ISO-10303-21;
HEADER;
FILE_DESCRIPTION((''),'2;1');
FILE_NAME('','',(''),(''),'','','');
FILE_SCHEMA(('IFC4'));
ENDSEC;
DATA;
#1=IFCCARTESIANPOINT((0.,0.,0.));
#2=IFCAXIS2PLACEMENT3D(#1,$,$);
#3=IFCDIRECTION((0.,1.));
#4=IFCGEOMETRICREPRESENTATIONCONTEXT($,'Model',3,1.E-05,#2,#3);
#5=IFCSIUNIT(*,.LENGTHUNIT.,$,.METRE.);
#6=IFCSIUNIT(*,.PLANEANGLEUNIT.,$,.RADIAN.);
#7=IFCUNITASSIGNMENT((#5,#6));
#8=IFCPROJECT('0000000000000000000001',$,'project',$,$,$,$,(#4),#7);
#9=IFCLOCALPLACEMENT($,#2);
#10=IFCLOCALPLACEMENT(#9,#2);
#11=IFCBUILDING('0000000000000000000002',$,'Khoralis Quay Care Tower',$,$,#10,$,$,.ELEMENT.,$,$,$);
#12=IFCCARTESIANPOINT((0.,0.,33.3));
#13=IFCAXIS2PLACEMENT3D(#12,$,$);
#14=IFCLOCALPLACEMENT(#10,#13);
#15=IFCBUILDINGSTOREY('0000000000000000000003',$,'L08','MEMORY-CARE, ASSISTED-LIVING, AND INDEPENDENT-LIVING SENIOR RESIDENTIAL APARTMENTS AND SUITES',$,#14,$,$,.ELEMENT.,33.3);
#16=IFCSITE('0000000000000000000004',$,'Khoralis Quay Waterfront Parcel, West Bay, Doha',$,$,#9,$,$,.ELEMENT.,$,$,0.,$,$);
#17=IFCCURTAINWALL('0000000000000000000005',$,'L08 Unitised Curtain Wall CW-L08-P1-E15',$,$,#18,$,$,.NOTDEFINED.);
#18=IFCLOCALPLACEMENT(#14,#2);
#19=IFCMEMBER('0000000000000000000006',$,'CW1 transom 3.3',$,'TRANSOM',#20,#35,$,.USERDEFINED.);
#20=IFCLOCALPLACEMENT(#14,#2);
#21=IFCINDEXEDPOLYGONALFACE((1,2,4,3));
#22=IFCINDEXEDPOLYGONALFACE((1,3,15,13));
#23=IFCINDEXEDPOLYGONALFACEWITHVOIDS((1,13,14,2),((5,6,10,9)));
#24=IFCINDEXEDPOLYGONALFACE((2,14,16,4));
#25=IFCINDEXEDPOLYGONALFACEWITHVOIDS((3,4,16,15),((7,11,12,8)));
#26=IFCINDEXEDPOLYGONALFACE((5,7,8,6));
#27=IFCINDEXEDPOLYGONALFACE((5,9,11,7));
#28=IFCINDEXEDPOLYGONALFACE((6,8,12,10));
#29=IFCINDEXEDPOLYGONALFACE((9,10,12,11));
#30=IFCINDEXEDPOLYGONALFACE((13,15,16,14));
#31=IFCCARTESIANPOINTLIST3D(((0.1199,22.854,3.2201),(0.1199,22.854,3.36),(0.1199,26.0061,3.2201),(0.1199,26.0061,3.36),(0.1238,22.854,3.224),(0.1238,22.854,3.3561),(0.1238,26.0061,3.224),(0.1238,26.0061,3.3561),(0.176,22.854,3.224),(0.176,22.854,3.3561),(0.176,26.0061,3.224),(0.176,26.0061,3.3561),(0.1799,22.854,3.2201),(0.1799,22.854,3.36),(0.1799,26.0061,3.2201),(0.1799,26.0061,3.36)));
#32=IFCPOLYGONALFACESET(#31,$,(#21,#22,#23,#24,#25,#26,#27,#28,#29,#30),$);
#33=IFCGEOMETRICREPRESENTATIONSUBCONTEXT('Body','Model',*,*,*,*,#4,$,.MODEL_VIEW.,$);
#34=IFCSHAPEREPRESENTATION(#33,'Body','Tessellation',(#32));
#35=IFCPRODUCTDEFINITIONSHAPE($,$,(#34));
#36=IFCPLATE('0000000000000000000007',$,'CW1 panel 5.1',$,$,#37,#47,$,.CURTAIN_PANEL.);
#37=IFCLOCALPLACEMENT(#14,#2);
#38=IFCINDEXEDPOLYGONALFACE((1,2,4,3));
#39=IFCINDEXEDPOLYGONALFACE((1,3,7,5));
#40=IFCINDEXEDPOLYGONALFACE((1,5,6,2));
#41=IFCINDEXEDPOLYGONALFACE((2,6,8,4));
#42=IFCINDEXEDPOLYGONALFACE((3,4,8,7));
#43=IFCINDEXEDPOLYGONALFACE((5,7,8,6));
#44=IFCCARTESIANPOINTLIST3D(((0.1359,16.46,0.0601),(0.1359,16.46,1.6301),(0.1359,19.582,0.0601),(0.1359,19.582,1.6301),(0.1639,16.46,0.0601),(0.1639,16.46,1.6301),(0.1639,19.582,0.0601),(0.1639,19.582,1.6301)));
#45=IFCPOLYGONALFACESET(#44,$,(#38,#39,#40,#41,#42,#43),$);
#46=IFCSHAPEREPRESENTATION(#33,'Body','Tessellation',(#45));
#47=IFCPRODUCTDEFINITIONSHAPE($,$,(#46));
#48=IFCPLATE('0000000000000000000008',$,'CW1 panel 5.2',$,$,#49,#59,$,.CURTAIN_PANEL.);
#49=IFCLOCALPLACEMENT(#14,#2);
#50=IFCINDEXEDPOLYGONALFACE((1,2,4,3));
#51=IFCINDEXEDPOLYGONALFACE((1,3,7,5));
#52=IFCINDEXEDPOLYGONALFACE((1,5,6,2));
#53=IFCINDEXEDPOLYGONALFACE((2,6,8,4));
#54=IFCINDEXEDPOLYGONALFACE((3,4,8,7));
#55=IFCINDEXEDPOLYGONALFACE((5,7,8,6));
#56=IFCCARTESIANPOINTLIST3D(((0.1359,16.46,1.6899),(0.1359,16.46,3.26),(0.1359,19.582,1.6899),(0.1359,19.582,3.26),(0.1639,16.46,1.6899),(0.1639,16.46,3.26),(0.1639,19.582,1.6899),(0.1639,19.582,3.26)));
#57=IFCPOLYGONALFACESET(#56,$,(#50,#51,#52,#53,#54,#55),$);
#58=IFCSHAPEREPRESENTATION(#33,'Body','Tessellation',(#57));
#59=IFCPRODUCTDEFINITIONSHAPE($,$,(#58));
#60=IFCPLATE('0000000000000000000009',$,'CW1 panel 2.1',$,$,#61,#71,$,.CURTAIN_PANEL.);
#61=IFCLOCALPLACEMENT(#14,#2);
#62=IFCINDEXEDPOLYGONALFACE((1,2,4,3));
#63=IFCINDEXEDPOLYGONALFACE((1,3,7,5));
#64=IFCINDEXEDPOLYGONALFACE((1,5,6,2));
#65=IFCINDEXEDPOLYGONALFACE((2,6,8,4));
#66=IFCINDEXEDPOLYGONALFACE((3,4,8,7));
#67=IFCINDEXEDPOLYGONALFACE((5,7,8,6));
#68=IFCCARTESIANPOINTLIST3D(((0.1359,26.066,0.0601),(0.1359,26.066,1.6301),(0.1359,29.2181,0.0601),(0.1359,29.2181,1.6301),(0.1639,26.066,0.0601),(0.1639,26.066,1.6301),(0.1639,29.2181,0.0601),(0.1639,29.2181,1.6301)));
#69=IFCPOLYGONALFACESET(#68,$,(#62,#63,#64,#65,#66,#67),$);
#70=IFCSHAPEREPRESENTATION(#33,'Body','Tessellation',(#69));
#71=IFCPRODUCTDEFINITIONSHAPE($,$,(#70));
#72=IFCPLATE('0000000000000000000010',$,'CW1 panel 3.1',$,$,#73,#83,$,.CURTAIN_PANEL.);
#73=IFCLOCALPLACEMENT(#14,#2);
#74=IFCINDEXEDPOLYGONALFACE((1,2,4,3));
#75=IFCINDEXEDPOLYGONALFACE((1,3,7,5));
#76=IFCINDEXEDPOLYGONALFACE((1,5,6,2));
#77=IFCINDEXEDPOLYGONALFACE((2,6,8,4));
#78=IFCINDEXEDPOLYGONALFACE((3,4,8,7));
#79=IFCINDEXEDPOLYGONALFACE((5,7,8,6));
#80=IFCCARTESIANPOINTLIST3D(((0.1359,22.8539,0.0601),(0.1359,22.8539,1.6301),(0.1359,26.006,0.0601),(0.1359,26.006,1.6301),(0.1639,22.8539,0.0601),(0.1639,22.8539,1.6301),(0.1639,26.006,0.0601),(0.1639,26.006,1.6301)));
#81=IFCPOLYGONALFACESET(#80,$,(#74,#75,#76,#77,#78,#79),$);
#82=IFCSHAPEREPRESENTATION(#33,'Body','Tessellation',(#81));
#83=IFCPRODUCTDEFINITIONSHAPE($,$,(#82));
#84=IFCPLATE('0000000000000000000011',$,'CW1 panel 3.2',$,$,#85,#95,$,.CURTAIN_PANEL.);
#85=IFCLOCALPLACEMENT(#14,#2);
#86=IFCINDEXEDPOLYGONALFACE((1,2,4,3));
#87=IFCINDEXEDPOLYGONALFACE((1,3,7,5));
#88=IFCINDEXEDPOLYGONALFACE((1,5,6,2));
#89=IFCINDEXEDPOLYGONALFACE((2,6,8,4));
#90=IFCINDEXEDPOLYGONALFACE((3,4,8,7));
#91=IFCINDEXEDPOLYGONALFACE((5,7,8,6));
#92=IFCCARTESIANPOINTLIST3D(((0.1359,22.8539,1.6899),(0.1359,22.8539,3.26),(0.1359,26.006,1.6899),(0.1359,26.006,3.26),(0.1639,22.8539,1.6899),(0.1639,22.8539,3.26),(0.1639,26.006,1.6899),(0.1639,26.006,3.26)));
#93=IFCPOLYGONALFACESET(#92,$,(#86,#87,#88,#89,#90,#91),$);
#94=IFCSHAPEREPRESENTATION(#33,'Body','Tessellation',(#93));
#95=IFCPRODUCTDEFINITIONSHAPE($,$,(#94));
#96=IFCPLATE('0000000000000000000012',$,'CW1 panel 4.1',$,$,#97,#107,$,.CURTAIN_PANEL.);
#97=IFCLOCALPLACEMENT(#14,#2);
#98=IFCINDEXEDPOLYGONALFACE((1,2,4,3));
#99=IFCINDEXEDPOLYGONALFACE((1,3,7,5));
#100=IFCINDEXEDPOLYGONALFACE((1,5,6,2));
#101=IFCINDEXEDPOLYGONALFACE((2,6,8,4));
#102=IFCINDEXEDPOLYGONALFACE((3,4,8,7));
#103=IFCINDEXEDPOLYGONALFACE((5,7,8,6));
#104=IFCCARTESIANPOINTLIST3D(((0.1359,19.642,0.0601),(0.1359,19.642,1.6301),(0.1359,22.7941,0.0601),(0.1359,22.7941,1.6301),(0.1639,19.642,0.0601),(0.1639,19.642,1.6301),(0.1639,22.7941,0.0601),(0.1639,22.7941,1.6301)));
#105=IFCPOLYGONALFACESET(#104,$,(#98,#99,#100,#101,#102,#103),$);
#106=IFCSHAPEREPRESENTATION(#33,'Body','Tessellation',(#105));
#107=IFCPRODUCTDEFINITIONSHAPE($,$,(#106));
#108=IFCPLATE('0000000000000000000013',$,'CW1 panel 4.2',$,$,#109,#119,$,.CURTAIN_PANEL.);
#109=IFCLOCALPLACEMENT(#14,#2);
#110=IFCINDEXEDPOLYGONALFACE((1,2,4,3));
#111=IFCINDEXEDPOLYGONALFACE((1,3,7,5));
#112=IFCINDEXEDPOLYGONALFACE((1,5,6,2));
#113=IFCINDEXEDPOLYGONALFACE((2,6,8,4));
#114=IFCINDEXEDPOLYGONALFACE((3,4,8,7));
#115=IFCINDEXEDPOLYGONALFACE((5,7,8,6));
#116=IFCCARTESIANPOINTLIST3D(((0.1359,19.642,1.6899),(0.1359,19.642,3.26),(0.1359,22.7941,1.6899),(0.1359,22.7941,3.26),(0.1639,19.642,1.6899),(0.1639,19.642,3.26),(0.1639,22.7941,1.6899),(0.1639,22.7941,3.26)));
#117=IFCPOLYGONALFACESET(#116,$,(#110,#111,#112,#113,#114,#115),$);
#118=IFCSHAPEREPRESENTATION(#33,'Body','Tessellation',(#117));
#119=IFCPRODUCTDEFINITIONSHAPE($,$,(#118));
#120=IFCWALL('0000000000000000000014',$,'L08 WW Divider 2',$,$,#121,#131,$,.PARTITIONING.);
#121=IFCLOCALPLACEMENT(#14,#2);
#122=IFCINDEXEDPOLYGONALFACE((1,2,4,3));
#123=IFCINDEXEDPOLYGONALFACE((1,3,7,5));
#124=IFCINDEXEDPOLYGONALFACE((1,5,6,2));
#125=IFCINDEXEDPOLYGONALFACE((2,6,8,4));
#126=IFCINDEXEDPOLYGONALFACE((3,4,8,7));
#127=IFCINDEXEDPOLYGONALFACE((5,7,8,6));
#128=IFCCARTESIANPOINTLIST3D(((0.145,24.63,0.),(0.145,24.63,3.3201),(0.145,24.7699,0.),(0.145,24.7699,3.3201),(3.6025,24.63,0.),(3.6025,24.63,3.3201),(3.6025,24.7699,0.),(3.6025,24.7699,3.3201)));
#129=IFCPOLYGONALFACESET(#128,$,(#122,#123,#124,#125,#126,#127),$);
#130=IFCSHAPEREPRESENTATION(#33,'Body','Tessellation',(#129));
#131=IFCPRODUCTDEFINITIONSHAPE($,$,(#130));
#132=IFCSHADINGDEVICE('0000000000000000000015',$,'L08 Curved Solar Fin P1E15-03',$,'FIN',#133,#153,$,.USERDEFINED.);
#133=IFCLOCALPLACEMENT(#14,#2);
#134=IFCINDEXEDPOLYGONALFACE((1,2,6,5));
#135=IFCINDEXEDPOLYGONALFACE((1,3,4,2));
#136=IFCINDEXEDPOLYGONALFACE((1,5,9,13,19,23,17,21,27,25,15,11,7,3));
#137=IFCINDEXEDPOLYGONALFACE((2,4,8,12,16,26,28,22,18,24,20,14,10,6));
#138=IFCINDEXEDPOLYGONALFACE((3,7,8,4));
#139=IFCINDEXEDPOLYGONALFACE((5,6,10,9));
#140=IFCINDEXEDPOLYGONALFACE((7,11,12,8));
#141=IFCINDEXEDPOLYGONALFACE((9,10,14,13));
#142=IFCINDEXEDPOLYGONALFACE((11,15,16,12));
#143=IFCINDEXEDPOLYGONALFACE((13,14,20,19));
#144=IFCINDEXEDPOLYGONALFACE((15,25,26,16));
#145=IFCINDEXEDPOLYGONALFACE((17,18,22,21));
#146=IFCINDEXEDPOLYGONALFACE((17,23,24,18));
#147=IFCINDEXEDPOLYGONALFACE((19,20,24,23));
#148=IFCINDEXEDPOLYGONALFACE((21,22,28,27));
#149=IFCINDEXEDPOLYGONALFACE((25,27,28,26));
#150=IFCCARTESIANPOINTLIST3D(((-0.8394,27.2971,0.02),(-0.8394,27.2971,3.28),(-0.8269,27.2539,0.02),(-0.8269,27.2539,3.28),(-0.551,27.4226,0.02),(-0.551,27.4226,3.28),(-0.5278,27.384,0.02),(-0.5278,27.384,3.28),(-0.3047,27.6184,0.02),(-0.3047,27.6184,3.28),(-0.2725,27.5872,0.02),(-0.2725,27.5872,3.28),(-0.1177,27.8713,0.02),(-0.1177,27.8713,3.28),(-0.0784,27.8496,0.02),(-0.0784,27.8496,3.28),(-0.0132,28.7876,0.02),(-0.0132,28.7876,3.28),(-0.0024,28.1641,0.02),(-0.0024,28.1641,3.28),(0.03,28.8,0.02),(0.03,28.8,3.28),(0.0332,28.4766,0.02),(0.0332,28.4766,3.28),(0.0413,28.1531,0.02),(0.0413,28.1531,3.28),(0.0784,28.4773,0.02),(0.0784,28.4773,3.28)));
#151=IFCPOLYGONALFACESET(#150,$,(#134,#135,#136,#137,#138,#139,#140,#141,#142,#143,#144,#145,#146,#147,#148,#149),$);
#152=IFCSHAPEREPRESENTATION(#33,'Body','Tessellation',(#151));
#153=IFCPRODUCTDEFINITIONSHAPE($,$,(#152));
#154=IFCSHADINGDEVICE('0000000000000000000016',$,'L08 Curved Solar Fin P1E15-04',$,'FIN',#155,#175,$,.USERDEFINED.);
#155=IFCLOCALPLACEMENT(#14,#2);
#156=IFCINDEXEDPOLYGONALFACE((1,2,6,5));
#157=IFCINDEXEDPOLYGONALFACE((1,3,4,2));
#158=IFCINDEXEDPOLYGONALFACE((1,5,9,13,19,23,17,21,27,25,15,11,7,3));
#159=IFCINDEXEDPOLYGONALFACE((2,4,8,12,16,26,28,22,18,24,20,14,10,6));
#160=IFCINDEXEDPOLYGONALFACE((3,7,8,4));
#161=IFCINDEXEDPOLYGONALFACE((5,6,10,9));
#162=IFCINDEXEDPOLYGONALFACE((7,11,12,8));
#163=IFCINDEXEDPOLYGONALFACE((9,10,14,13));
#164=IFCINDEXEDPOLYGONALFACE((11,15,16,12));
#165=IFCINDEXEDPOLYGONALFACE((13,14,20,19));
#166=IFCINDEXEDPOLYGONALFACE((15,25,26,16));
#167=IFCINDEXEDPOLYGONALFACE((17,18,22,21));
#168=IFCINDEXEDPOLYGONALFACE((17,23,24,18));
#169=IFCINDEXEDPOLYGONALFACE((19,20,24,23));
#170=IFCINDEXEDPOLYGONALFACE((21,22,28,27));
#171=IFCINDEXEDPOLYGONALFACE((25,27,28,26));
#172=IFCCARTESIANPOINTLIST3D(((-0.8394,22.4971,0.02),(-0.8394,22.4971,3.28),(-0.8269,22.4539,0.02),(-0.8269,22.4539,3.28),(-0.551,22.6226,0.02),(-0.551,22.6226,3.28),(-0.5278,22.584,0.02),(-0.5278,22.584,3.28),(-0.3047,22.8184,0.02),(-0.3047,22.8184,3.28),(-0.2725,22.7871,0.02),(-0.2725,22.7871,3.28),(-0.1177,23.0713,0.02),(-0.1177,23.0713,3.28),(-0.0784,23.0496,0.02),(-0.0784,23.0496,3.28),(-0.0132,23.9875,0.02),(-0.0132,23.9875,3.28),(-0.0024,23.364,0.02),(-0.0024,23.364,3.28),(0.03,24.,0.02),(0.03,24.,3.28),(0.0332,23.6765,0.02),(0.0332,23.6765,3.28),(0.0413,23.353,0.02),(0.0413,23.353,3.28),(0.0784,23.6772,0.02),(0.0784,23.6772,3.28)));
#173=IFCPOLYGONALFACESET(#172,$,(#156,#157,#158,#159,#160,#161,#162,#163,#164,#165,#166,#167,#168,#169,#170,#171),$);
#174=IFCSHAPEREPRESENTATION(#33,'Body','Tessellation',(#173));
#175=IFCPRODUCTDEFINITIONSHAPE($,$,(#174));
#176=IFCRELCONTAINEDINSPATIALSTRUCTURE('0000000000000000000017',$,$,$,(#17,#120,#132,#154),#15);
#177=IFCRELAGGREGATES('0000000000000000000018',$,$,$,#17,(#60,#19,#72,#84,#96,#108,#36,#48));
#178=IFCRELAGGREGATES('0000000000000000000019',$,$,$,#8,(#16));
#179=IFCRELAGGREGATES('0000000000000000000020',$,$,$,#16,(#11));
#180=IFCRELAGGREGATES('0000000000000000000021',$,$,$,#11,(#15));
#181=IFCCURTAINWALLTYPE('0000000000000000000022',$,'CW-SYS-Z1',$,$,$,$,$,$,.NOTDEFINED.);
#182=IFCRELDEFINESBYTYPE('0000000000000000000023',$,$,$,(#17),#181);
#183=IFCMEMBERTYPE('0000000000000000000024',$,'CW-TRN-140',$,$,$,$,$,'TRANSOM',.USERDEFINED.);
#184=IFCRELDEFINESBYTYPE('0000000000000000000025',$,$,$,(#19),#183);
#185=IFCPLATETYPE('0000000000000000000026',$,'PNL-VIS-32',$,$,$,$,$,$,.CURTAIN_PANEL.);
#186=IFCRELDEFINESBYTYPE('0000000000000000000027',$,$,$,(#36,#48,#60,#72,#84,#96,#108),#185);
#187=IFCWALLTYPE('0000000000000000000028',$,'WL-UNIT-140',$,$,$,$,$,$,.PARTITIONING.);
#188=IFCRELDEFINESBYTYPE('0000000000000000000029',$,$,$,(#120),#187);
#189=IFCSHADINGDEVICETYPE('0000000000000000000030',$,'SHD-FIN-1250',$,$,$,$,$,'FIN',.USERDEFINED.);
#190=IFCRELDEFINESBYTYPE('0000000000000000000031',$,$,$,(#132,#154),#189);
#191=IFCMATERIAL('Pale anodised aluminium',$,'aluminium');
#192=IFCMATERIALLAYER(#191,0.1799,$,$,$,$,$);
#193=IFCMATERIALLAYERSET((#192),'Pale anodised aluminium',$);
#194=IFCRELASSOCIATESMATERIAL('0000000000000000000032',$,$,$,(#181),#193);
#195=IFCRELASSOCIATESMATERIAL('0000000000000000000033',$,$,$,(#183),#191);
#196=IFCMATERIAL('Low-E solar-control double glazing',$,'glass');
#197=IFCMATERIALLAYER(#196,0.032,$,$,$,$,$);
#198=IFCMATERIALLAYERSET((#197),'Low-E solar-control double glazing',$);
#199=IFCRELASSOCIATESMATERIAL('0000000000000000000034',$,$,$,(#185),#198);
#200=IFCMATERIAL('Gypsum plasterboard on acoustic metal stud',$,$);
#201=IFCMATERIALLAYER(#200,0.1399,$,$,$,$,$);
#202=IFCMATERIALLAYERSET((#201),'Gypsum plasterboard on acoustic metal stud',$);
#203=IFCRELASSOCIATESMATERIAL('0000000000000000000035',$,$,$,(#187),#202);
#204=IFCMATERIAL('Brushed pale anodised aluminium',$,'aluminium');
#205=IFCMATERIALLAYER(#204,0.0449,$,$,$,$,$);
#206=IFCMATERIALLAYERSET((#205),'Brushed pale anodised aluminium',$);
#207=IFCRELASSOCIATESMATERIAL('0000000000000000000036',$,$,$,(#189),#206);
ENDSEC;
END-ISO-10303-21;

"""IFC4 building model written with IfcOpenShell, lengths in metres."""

from ifc_helpers import new_model, si_unit, direction, frame, frame_2d, origin, origin_2d, place, context, subcontext, project, spatial, polyline, rectangle, hollow_rectangle, outline, extrude, source, transform, mapped, material, layer, layer_set, material_profile, profile_set, type_object, element, aggregate, save


model = new_model("IFC4")

# Units and contexts
model_context = context("Model", 3, precision=1e-05, world=origin(), true_north=direction((0.0, 1.0)))
body_context = subcontext(model_context, "Body", "Model", "MODEL_VIEW")
ifc_project = project(units=[si_unit("LENGTHUNIT", "METRE"), si_unit("PLANEANGLEUNIT", "RADIAN")], contexts=[model_context])

# Site, building, storey
site_placement = place(None, origin())
site = spatial("IfcSite", under=ifc_project, at=site_placement, Name="Khoralis Quay Waterfront Parcel, West Bay, Doha", CompositionType="ELEMENT", RefElevation=0.0)
building_placement = place(site_placement, origin())
building = spatial("IfcBuilding", under=site, at=building_placement, Name="Khoralis Quay Care Tower", CompositionType="ELEMENT")
storey_placement = place(building_placement, frame((0.0, 0.0, 33.3)))
storey = spatial("IfcBuildingStorey", under=building, at=storey_placement, Name="L08", Description="MEMORY-CARE, ASSISTED-LIVING, AND INDEPENDENT-LIVING SENIOR RESIDENTIAL APARTMENTS AND SUITES", CompositionType="ELEMENT", Elevation=33.3)

# Curtain wall, member, plates
ifc_material_1 = material(Name="Pale anodised aluminium", Category="aluminium")
ifc_layer_1 = layer(ifc_material_1, 0.1799)
ifc_layer_set_1 = layer_set([ifc_layer_1], Name="Pale anodised aluminium")
curtain_wall_type = type_object("IfcCurtainWallType", Name="CW-SYS-Z1", PredefinedType="NOTDEFINED", material=ifc_layer_set_1)
curtain_wall_placement = place(storey_placement, origin())
curtain_wall = element("IfcCurtainWall", 1, at=curtain_wall_placement, inside=storey, type_object=curtain_wall_type, Name="L08 Unitised Curtain Wall CW-L08-P1-E15", PredefinedType="NOTDEFINED")
ifc_material_profile_1 = material_profile(ifc_material_1, hollow_rectangle(XDim=0.0601, YDim=0.1399, WallThickness=0.0039, at=origin_2d()), Name="Pale anodised aluminium")
ifc_profile_set_1 = profile_set([ifc_material_profile_1], Name="Pale anodised aluminium")
member_type_1 = type_object("IfcMemberType", Name="CW-TRN-140", ElementType="TRANSOM", PredefinedType="USERDEFINED", material=ifc_profile_set_1)
shared_shape_1 = source(origin(), body_context, "Body", "SweptSolid", [
    extrude(hollow_rectangle(XDim=0.0601, YDim=0.1399, WallThickness=0.0039, at=origin_2d()), origin(), (0.0, 0.0, 1.0), 3.1521),
])
member_1_placement = place(storey_placement, frame((0.1499, 26.0061, 3.29), z_axis=(0.0, -1.0, 0.0), x_axis=(1.0, 0.0, 0.0)))
member_1 = element("IfcMember", 2, at=member_1_placement, type_object=member_type_1, Name="CW1 transom 3.3", ObjectType="TRANSOM", PredefinedType="USERDEFINED", context=body_context, shape_type="MappedRepresentation", body=[
    mapped(shared_shape_1, transform((0.0, 0.0, 0.0), scale=1.0)),
])
ifc_material_2 = material(Name="Low-E solar-control double glazing", Category="glass")
ifc_layer_2 = layer(ifc_material_2, 0.032)
ifc_layer_set_2 = layer_set([ifc_layer_2], Name="Low-E solar-control double glazing")
plate_type = type_object("IfcPlateType", Name="PNL-VIS-32", PredefinedType="CURTAIN_PANEL", material=ifc_layer_set_2)
shared_shape_2 = source(origin(), body_context, "Body", "SweptSolid", [
    extrude(rectangle(XDim=3.1221, YDim=0.0281, at=origin_2d()), origin(), (0.0, 0.0, 1.0), 1.5701),
])
plate_1_placement = place(storey_placement, frame((0.1499, 18.021, 0.0601), z_axis=(0.0, 0.0, 1.0), x_axis=(0.0, -1.0, 0.0)))
plate_1 = element("IfcPlate", 3, at=plate_1_placement, type_object=plate_type, Name="CW1 panel 5.1", PredefinedType="CURTAIN_PANEL", context=body_context, shape_type="MappedRepresentation", body=[
    mapped(shared_shape_2, transform((0.0, 0.0, 0.0), scale=1.0)),
])
plate_2_placement = place(storey_placement, frame((0.1499, 18.021, 1.6899), z_axis=(0.0, 0.0, 1.0), x_axis=(0.0, -1.0, 0.0)))
plate_2 = element("IfcPlate", 4, at=plate_2_placement, type_object=plate_type, Name="CW1 panel 5.2", PredefinedType="CURTAIN_PANEL", context=body_context, shape_type="MappedRepresentation", body=[
    mapped(shared_shape_2, transform((0.0, 0.0, 0.0), scale=1.0)),
])
shared_shape_3 = source(origin(), body_context, "Body", "SweptSolid", [
    extrude(rectangle(XDim=3.1521, YDim=0.0281, at=origin_2d()), origin(), (0.0, 0.0, 1.0), 1.5701),
])
plate_3_placement = place(storey_placement, frame((0.1499, 27.6421, 0.0601), z_axis=(0.0, 0.0, 1.0), x_axis=(0.0, -1.0, 0.0)))
plate_3 = element("IfcPlate", 5, at=plate_3_placement, type_object=plate_type, Name="CW1 panel 2.1", PredefinedType="CURTAIN_PANEL", context=body_context, shape_type="MappedRepresentation", body=[
    mapped(shared_shape_3, transform((0.0, 0.0, 0.0), scale=1.0)),
])
plate_4_placement = place(storey_placement, frame((0.1499, 24.4299, 0.0601), z_axis=(0.0, 0.0, 1.0), x_axis=(0.0, -1.0, 0.0)))
plate_4 = element("IfcPlate", 6, at=plate_4_placement, type_object=plate_type, Name="CW1 panel 3.1", PredefinedType="CURTAIN_PANEL", context=body_context, shape_type="MappedRepresentation", body=[
    mapped(shared_shape_3, transform((0.0, 0.0, 0.0), scale=1.0)),
])
plate_5_placement = place(storey_placement, frame((0.1499, 24.4299, 1.6899), z_axis=(0.0, 0.0, 1.0), x_axis=(0.0, -1.0, 0.0)))
plate_5 = element("IfcPlate", 7, at=plate_5_placement, type_object=plate_type, Name="CW1 panel 3.2", PredefinedType="CURTAIN_PANEL", context=body_context, shape_type="MappedRepresentation", body=[
    mapped(shared_shape_3, transform((0.0, 0.0, 0.0), scale=1.0)),
])
plate_6_placement = place(storey_placement, frame((0.1499, 21.218, 0.0601), z_axis=(0.0, 0.0, 1.0), x_axis=(0.0, -1.0, 0.0)))
plate_6 = element("IfcPlate", 8, at=plate_6_placement, type_object=plate_type, Name="CW1 panel 4.1", PredefinedType="CURTAIN_PANEL", context=body_context, shape_type="MappedRepresentation", body=[
    mapped(shared_shape_3, transform((0.0, 0.0, 0.0), scale=1.0)),
])
plate_7_placement = place(storey_placement, frame((0.1499, 21.218, 1.6899), z_axis=(0.0, 0.0, 1.0), x_axis=(0.0, -1.0, 0.0)))
plate_7 = element("IfcPlate", 9, at=plate_7_placement, type_object=plate_type, Name="CW1 panel 4.2", PredefinedType="CURTAIN_PANEL", context=body_context, shape_type="MappedRepresentation", body=[
    mapped(shared_shape_3, transform((0.0, 0.0, 0.0), scale=1.0)),
])
aggregate(curtain_wall, [plate_3, member_1, plate_4, plate_5, plate_6, plate_7, plate_1, plate_2])

# Wall
ifc_material_3 = material(Name="Gypsum plasterboard on acoustic metal stud")
ifc_layer_3 = layer(ifc_material_3, 0.1399)
ifc_layer_set_3 = layer_set([ifc_layer_3], Name="Gypsum plasterboard on acoustic metal stud")
wall_type = type_object("IfcWallType", Name="WL-UNIT-140", PredefinedType="PARTITIONING", material=ifc_layer_set_3)
wall_placement = place(storey_placement, frame((0.145, 24.7, 0.0), z_axis=(0.0, 0.0, 1.0), x_axis=(1.0, 0.0, 0.0)))
element("IfcWall", 10, at=wall_placement, inside=storey, type_object=wall_type, Name="L08 WW Divider 2", PredefinedType="PARTITIONING", context=body_context, shape_type="SweptSolid", body=[
    extrude(rectangle(XDim=3.4575, YDim=0.1399, at=frame_2d((1.7288, 0.0))), origin(), (0.0, 0.0, 1.0), 3.3201),
])

# Shading devices
ifc_material_4 = material(Name="Brushed pale anodised aluminium", Category="aluminium")
ifc_layer_4 = layer(ifc_material_4, 0.0449)
ifc_layer_set_4 = layer_set([ifc_layer_4], Name="Brushed pale anodised aluminium")
shading_device_type = type_object("IfcShadingDeviceType", Name="SHD-FIN-1250", ElementType="FIN", PredefinedType="USERDEFINED", material=ifc_layer_set_4)
shared_shape_4 = source(origin(), body_context, "Body", "SweptSolid", [
    extrude(outline(polyline([(0.0, 0.0), (-0.0483, 0.3228), (-0.0112, 0.647), (0.1084, 0.9504), (0.3025, 1.2129), (0.5579, 1.416), (0.8569, 1.5461), (0.8694, 1.5029), (0.5811, 1.3774), (0.3347, 1.1816), (0.1477, 0.9287), (0.0325, 0.636), (-0.0032, 0.3235), (0.0432, 0.0125), (0.0, 0.0)])), origin(), (0.0, 0.0, 1.0), 3.26),
])
for number, where, z_axis, x_axis, name in (
    (11, (0.03, 28.8, 0.02), (0.0, 0.0, 1.0), (-1.0, 0.0, 0.0), "L08 Curved Solar Fin P1E15-03"),
    (12, (0.03, 24.0, 0.02), (0.0, 0.0, 1.0), (-1.0, 0.0, 0.0), "L08 Curved Solar Fin P1E15-04"),
):
    element("IfcShadingDevice", number, at=place(storey_placement, frame(where, z_axis=z_axis, x_axis=x_axis)), inside=storey, type_object=shading_device_type, Name=name, ObjectType="FIN", PredefinedType="USERDEFINED", context=body_context, shape_type="MappedRepresentation", body=[
        mapped(shared_shape_4, transform((0.0, 0.0, 0.0), scale=1.0)),
    ])

save(model, "model.ifc")
